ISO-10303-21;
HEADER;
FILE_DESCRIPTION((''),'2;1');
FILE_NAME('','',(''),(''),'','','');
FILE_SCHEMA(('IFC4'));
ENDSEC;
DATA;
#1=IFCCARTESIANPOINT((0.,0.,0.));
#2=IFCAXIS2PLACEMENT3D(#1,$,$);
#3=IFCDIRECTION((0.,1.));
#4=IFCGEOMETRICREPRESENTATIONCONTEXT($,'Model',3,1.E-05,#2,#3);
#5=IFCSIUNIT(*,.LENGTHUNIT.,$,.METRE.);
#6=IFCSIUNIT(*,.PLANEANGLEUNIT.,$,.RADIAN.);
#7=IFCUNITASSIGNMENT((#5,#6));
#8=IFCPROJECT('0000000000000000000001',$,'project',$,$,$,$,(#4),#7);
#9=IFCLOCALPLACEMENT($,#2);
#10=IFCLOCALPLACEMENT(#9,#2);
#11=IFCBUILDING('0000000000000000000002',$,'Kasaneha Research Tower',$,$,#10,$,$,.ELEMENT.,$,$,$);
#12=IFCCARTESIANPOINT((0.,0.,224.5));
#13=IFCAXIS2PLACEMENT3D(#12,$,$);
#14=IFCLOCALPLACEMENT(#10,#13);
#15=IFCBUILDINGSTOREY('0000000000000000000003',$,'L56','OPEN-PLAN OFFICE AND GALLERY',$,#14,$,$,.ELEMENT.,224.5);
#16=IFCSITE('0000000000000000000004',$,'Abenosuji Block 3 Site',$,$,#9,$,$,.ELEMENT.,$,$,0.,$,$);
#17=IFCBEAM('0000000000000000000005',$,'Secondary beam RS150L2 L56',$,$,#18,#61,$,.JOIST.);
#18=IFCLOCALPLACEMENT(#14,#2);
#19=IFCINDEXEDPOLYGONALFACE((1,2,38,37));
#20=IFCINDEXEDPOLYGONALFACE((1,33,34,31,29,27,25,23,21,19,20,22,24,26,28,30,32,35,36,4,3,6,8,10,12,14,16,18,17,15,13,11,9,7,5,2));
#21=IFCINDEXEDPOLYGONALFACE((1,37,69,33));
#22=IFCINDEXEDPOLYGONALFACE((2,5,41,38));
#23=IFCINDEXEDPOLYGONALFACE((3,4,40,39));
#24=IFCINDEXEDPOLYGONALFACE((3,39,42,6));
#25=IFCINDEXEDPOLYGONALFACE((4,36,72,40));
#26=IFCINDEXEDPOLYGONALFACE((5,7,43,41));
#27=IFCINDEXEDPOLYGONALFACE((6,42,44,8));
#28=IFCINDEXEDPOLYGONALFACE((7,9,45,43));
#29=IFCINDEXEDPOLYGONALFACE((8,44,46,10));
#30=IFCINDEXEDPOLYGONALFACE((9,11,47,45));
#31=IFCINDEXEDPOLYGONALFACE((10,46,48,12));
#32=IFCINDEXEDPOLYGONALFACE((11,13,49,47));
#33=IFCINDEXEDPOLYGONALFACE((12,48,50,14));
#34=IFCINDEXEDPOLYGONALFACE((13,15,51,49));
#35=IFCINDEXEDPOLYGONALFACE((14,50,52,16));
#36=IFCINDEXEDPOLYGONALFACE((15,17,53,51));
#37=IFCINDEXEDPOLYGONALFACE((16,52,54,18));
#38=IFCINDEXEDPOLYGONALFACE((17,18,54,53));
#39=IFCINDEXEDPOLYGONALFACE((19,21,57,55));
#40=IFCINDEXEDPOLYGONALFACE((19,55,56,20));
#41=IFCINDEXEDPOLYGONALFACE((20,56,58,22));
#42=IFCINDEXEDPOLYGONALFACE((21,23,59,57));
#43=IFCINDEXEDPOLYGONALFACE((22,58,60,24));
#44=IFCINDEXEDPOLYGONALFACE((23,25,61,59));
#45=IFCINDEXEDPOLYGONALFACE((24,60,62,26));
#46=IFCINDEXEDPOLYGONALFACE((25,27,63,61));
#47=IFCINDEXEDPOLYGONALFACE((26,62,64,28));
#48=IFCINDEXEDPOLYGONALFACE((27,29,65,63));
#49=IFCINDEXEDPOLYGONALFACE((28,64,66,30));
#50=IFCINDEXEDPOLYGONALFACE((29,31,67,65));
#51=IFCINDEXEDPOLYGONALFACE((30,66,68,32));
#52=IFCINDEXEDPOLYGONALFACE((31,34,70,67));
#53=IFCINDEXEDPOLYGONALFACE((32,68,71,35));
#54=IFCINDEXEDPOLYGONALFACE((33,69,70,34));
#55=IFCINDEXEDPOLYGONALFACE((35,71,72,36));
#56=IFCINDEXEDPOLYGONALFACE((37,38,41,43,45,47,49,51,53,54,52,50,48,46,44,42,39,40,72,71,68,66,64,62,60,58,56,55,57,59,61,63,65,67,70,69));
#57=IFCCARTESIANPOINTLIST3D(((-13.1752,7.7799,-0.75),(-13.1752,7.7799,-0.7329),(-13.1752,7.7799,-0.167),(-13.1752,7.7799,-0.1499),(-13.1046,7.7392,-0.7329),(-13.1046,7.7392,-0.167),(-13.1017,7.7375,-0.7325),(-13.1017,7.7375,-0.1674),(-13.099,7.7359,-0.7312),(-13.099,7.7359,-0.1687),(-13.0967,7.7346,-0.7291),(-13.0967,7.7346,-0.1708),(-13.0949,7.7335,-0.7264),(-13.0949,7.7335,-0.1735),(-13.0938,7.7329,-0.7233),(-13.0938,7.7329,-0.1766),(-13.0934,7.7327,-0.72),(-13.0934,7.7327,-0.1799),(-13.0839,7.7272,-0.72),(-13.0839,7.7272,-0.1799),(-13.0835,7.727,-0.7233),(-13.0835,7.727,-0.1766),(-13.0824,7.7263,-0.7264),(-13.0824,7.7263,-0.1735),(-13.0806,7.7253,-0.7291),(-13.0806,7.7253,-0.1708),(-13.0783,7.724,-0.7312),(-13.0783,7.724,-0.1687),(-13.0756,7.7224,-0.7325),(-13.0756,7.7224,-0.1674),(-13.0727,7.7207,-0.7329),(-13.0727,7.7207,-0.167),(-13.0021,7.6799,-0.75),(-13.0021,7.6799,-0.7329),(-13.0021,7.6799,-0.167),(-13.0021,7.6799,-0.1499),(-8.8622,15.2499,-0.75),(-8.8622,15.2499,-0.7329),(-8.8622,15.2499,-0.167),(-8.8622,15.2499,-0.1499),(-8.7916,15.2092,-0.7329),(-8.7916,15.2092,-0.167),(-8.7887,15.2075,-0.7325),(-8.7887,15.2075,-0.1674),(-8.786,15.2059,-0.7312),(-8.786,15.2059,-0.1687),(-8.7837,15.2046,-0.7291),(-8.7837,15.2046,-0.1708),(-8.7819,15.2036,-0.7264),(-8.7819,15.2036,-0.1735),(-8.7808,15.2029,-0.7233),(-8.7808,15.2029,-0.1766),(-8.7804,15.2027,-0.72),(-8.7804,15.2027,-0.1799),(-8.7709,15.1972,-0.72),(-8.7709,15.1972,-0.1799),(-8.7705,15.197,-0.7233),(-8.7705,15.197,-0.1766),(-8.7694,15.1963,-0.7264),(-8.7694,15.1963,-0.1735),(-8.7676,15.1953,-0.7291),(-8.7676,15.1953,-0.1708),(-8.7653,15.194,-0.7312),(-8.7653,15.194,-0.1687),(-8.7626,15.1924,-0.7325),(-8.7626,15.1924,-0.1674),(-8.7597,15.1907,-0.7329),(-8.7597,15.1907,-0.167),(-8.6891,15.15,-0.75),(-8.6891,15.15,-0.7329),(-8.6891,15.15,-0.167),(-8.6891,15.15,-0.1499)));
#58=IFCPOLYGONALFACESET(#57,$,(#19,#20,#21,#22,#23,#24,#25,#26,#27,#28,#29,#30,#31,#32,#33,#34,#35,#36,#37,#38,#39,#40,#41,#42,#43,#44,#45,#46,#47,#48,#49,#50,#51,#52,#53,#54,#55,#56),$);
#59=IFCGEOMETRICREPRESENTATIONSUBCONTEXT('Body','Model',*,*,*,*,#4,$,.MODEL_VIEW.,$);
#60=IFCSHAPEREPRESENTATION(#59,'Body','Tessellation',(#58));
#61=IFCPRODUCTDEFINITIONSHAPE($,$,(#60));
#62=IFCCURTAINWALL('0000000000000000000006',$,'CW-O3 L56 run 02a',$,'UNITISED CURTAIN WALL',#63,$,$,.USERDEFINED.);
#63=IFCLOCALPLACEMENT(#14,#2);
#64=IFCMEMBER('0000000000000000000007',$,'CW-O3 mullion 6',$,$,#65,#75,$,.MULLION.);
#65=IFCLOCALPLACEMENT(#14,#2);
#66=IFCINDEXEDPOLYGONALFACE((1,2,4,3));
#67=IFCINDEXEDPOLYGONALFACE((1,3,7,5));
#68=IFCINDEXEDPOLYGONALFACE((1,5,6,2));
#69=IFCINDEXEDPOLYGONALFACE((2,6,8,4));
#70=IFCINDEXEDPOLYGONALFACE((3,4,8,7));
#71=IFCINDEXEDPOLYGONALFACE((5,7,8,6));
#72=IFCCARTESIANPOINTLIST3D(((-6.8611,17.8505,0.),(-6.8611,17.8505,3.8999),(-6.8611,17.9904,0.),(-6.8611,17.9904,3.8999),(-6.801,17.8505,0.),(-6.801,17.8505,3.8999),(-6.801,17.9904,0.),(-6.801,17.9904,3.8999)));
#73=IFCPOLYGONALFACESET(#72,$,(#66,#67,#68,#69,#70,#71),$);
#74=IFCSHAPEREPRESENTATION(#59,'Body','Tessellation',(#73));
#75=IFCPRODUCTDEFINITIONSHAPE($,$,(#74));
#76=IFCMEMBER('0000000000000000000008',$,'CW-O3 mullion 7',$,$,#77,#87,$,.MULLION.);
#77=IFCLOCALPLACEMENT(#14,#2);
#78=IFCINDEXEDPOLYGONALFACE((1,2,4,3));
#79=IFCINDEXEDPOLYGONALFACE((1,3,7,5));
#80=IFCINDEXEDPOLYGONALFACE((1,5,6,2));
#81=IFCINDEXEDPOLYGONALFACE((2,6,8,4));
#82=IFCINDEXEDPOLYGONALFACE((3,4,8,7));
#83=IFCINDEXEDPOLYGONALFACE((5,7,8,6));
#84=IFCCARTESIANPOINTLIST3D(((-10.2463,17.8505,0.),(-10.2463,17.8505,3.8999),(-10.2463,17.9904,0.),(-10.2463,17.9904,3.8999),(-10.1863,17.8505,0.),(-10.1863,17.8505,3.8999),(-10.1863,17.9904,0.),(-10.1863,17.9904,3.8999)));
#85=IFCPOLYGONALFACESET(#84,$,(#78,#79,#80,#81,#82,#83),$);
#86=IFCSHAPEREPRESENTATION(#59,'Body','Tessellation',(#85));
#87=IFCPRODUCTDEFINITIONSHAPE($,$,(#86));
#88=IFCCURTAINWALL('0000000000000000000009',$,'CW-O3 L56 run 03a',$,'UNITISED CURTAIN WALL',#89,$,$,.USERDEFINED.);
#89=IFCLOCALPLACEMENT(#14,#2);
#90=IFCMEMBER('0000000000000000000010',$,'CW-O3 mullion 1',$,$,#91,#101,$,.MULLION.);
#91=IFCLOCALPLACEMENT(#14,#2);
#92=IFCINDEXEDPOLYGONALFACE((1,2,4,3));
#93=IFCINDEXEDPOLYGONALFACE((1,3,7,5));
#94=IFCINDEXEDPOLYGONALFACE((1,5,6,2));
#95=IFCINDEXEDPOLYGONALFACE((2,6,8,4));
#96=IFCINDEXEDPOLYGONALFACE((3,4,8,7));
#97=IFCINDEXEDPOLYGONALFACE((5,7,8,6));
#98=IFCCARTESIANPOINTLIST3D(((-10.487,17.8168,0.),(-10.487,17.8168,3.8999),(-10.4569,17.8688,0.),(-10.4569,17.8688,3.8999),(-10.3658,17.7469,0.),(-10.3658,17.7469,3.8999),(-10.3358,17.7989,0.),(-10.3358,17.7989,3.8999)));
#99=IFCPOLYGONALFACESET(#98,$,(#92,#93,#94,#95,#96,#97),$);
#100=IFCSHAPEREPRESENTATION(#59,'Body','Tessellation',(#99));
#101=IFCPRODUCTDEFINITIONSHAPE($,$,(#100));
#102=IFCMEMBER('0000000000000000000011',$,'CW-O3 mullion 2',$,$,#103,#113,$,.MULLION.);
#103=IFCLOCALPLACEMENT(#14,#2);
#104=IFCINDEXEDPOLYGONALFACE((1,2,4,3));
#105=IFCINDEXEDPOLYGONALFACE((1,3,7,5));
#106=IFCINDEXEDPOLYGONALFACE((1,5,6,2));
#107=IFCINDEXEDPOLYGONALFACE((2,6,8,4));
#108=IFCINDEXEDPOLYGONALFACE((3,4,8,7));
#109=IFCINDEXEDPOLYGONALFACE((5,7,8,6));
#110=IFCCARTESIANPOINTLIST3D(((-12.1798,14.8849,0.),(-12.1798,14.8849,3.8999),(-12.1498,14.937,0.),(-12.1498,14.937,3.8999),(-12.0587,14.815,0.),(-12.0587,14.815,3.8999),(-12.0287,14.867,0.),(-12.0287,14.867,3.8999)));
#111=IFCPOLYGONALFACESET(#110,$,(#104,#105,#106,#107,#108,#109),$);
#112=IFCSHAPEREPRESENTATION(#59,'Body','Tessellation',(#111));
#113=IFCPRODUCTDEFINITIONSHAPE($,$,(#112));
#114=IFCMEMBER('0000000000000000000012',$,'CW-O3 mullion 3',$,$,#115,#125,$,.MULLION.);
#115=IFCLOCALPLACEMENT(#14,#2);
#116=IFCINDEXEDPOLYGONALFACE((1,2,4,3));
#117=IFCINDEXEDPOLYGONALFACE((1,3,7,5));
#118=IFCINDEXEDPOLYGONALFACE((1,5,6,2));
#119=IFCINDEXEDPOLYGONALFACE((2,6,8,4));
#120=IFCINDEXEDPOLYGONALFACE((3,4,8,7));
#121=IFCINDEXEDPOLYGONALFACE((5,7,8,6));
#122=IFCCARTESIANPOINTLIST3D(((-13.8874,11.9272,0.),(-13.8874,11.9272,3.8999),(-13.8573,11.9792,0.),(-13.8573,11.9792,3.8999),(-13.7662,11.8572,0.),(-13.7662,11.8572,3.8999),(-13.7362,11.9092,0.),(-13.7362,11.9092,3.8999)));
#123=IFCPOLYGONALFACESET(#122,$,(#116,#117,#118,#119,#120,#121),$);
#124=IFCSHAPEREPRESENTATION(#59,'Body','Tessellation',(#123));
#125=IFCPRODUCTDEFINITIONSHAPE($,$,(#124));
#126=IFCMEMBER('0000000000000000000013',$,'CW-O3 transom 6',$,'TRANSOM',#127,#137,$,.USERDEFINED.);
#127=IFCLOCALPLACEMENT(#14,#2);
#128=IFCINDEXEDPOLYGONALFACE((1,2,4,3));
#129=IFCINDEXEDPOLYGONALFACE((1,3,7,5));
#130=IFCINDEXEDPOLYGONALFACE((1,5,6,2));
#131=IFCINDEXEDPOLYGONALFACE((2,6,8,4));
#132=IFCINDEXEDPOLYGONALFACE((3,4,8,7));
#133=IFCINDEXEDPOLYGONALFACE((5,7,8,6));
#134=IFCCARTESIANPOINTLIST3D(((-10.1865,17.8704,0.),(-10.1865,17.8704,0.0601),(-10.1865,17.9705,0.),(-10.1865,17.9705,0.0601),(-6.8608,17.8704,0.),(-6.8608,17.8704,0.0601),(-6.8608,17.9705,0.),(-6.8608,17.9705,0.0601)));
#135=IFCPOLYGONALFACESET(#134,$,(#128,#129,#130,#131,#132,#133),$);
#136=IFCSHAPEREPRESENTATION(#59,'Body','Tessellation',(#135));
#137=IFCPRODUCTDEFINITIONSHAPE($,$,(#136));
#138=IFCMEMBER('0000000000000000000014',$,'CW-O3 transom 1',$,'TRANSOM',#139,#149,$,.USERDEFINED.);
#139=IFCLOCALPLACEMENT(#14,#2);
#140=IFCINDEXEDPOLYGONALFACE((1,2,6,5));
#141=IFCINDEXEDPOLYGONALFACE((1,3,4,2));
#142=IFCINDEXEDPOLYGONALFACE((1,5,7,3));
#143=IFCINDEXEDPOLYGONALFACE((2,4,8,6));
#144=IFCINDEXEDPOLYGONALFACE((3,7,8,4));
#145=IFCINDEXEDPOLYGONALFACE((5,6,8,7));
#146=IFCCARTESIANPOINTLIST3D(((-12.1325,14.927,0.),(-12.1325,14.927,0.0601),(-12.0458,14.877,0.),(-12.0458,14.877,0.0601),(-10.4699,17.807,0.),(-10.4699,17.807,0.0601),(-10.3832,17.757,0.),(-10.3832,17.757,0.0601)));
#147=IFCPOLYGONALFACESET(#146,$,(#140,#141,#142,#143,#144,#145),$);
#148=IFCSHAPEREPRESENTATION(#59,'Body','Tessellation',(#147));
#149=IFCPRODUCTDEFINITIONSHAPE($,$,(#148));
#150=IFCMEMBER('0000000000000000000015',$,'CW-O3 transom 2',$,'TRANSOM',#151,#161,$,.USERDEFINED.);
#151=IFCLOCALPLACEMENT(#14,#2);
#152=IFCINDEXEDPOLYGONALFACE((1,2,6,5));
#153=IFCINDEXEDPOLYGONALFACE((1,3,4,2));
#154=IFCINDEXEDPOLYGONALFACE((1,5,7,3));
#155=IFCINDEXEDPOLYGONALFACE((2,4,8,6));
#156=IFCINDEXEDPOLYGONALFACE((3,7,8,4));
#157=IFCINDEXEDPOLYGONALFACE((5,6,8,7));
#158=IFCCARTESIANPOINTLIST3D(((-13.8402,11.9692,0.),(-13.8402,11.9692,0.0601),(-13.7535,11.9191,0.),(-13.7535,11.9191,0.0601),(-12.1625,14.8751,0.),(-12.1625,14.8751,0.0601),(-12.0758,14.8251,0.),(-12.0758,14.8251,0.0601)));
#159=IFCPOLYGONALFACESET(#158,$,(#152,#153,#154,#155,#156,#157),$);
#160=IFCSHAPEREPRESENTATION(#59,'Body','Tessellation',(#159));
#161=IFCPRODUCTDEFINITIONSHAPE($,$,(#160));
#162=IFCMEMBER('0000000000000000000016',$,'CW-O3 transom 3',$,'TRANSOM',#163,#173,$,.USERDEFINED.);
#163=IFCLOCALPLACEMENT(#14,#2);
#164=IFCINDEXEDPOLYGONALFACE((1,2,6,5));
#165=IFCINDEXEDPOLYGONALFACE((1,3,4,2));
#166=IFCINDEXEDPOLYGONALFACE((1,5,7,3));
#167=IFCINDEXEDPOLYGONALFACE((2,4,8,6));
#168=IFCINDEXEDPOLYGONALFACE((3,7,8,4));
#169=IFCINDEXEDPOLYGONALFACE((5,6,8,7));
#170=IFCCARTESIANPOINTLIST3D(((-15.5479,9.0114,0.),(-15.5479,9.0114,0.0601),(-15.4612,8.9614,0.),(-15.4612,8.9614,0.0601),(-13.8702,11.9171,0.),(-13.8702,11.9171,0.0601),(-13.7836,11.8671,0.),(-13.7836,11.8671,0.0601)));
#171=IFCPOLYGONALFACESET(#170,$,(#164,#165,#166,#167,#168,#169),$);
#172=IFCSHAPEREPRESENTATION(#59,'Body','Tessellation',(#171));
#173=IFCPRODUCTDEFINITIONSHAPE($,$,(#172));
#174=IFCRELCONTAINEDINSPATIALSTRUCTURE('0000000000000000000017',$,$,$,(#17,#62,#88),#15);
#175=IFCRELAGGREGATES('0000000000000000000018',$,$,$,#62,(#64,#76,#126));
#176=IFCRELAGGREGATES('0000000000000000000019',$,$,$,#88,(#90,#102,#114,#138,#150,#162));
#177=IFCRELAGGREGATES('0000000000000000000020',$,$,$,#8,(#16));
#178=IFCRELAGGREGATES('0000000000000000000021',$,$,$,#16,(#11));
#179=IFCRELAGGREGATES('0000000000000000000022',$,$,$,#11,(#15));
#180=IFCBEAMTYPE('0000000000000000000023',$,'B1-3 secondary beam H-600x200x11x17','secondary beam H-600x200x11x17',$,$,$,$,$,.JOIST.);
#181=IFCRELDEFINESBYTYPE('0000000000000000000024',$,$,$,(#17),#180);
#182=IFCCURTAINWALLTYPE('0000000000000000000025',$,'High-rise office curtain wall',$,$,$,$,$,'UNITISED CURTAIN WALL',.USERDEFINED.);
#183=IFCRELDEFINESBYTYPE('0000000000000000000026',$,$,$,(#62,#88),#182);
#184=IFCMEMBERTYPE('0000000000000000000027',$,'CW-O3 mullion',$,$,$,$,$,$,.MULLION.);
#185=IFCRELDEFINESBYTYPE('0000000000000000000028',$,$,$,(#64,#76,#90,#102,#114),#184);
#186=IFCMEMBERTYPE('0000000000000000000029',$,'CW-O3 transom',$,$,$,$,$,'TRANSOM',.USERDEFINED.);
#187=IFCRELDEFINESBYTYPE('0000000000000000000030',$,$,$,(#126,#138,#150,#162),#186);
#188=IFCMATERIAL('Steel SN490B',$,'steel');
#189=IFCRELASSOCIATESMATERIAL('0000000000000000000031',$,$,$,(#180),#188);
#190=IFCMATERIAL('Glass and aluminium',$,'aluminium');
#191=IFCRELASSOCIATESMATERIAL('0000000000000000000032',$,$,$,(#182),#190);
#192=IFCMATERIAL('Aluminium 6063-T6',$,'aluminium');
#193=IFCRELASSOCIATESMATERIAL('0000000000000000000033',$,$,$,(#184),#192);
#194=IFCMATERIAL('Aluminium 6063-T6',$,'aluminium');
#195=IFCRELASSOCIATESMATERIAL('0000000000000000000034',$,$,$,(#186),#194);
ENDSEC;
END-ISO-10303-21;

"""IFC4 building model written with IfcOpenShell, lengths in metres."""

from ifc_helpers import new_model, si_unit, direction, frame, origin, origin_2d, place, context, subcontext, project, spatial, rectangle, i_section, extrude, material, material_profile, profile_set, type_object, element, aggregate, save


model = new_model("IFC4")

# Units and contexts
model_context = context("Model", 3, precision=1e-05, world=origin(), true_north=direction((0.0, 1.0)))
body_context = subcontext(model_context, "Body", "Model", "MODEL_VIEW")
ifc_project = project(units=[si_unit("LENGTHUNIT", "METRE"), si_unit("PLANEANGLEUNIT", "RADIAN")], contexts=[model_context])

# Site, building, storey
site_placement = place(None, origin())
site = spatial("IfcSite", under=ifc_project, at=site_placement, Name="Abenosuji Block 3 Site", CompositionType="ELEMENT", RefElevation=0.0)
building_placement = place(site_placement, origin())
building = spatial("IfcBuilding", under=site, at=building_placement, Name="Kasaneha Research Tower", CompositionType="ELEMENT")
storey_placement = place(building_placement, frame((0.0, 0.0, 224.5)))
storey = spatial("IfcBuildingStorey", under=building, at=storey_placement, Name="L56", Description="OPEN-PLAN OFFICE AND GALLERY", CompositionType="ELEMENT", Elevation=224.5)

# Beam
ifc_material_1 = material(Name="Steel SN490B", Category="steel")
ifc_material_profile_1 = material_profile(ifc_material_1, i_section(OverallWidth=0.2, OverallDepth=0.6001, WebThickness=0.011, FlangeThickness=0.0171, FilletRadius=0.0129, at=origin_2d()), Name="H-600x200x11x17")
ifc_profile_set_1 = profile_set([ifc_material_profile_1], Name="Steel SN490B")
beam_type_1 = type_object("IfcBeamType", Name="B1-3 secondary beam H-600x200x11x17", Description="secondary beam H-600x200x11x17", PredefinedType="JOIST", material=ifc_profile_set_1)
beam_1_placement = place(storey_placement, frame((-8.7756, 15.2, -0.45), z_axis=(-0.500017, -0.866015, 0.0), x_axis=(0.866015, -0.500017, 0.0)))
element("IfcBeam", 1, at=beam_1_placement, inside=storey, type_object=beam_type_1, Name="Secondary beam RS150L2 L56", PredefinedType="JOIST", context=body_context, shape_type="SweptSolid", body=[
    extrude(i_section(OverallWidth=0.2, OverallDepth=0.6001, WebThickness=0.011, FlangeThickness=0.0171, FilletRadius=0.0129, at=origin_2d()), origin(), (0.0, 0.0, 1.0), 8.6257),
])

# Curtain walls, members
ifc_material_2 = material(Name="Glass and aluminium", Category="aluminium")
curtain_wall_type = type_object("IfcCurtainWallType", Name="High-rise office curtain wall", ElementType="UNITISED CURTAIN WALL", PredefinedType="USERDEFINED", material=ifc_material_2)
curtain_wall_1_placement = place(storey_placement, origin())
curtain_wall_1 = element("IfcCurtainWall", 2, at=curtain_wall_1_placement, inside=storey, type_object=curtain_wall_type, Name="CW-O3 L56 run 02a", ObjectType="UNITISED CURTAIN WALL", PredefinedType="USERDEFINED")
ifc_material_3 = material(Name="Aluminium 6063-T6", Category="aluminium")
ifc_material_profile_2 = material_profile(ifc_material_3, rectangle(XDim=0.0601, YDim=0.1399, at=origin_2d()), Name="CW-O3 mullion 60x140")
ifc_profile_set_2 = profile_set([ifc_material_profile_2], Name="Aluminium 6063-T6")
member_type_1 = type_object("IfcMemberType", Name="CW-O3 mullion", PredefinedType="MULLION", material=ifc_profile_set_2)
member_1_placement = place(storey_placement, frame((-6.8311, 17.9204, 0.0), z_axis=(0.0, 0.0, 1.0), x_axis=(-1.0, 0.0, 0.0)))
member_1 = element("IfcMember", 3, at=member_1_placement, type_object=member_type_1, Name="CW-O3 mullion 6", PredefinedType="MULLION", context=body_context, shape_type="SweptSolid", body=[
    extrude(rectangle(XDim=0.0601, YDim=0.1399, at=origin_2d()), origin(), (0.0, 0.0, 1.0), 3.8999),
])
member_2_placement = place(storey_placement, frame((-10.2163, 17.9204, 0.0), z_axis=(0.0, 0.0, 1.0), x_axis=(-1.0, 0.0, 0.0)))
member_2 = element("IfcMember", 4, at=member_2_placement, type_object=member_type_1, Name="CW-O3 mullion 7", PredefinedType="MULLION", context=body_context, shape_type="SweptSolid", body=[
    extrude(rectangle(XDim=0.0601, YDim=0.1399, at=origin_2d()), origin(), (0.0, 0.0, 1.0), 3.8999),
])
curtain_wall_2_placement = place(storey_placement, origin())
curtain_wall_2 = element("IfcCurtainWall", 5, at=curtain_wall_2_placement, inside=storey, type_object=curtain_wall_type, Name="CW-O3 L56 run 03a", ObjectType="UNITISED CURTAIN WALL", PredefinedType="USERDEFINED")
member_3_placement = place(storey_placement, frame((-10.4114, 17.8079, 0.0), z_axis=(0.0, 0.0, 1.0), x_axis=(-0.5, -0.866025, 0.0)))
member_3 = element("IfcMember", 6, at=member_3_placement, type_object=member_type_1, Name="CW-O3 mullion 1", PredefinedType="MULLION", context=body_context, shape_type="SweptSolid", body=[
    extrude(rectangle(XDim=0.0601, YDim=0.1399, at=origin_2d()), origin(), (0.0, 0.0, 1.0), 3.8999),
])
member_4_placement = place(storey_placement, frame((-12.1042, 14.876, 0.0), z_axis=(0.0, 0.0, 1.0), x_axis=(-0.5, -0.866025, 0.0)))
member_4 = element("IfcMember", 7, at=member_4_placement, type_object=member_type_1, Name="CW-O3 mullion 2", PredefinedType="MULLION", context=body_context, shape_type="SweptSolid", body=[
    extrude(rectangle(XDim=0.0601, YDim=0.1399, at=origin_2d()), origin(), (0.0, 0.0, 1.0), 3.8999),
])
member_5_placement = place(storey_placement, frame((-13.8118, 11.9182, 0.0), z_axis=(0.0, 0.0, 1.0), x_axis=(-0.5, -0.866025, 0.0)))
member_5 = element("IfcMember", 8, at=member_5_placement, type_object=member_type_1, Name="CW-O3 mullion 3", PredefinedType="MULLION", context=body_context, shape_type="SweptSolid", body=[
    extrude(rectangle(XDim=0.0601, YDim=0.1399, at=origin_2d()), origin(), (0.0, 0.0, 1.0), 3.8999),
])

# Members
ifc_material_4 = material(Name="Aluminium 6063-T6", Category="aluminium")
ifc_material_profile_3 = material_profile(ifc_material_4, rectangle(XDim=0.1001, YDim=0.0601, at=origin_2d()), Name="CW-O3 transom 100x60")
ifc_profile_set_3 = profile_set([ifc_material_profile_3], Name="Aluminium 6063-T6")
member_type_2 = type_object("IfcMemberType", Name="CW-O3 transom", ElementType="TRANSOM", PredefinedType="USERDEFINED", material=ifc_profile_set_3)
member_6_placement = place(storey_placement, frame((-6.8608, 17.9204, 0.03), z_axis=(-1.0, 0.0, 0.0), x_axis=(0.0, -1.0, 0.0)))
member_6 = element("IfcMember", 9, at=member_6_placement, type_object=member_type_2, Name="CW-O3 transom 6", ObjectType="TRANSOM", PredefinedType="USERDEFINED", context=body_context, shape_type="SweptSolid", body=[
    extrude(rectangle(XDim=0.1001, YDim=0.0601, at=origin_2d()), origin(), (0.0, 0.0, 1.0), 3.3257),
])
member_7_placement = place(storey_placement, frame((-10.4265, 17.782, 0.03), z_axis=(-0.499977, -0.866039, 0.0), x_axis=(0.866039, -0.499977, 0.0)))
member_7 = element("IfcMember", 10, at=member_7_placement, type_object=member_type_2, Name="CW-O3 transom 1", ObjectType="TRANSOM", PredefinedType="USERDEFINED", context=body_context, shape_type="SweptSolid", body=[
    extrude(rectangle(XDim=0.1001, YDim=0.0601, at=origin_2d()), origin(), (0.0, 0.0, 1.0), 3.3254),
])
member_8_placement = place(storey_placement, frame((-12.1191, 14.8501, 0.03), z_axis=(-0.499989, -0.866032, 0.0), x_axis=(0.866032, -0.499989, 0.0)))
member_8 = element("IfcMember", 11, at=member_8_placement, type_object=member_type_2, Name="CW-O3 transom 2", ObjectType="TRANSOM", PredefinedType="USERDEFINED", context=body_context, shape_type="SweptSolid", body=[
    extrude(rectangle(XDim=0.1001, YDim=0.0601, at=origin_2d()), origin(), (0.0, 0.0, 1.0), 3.3555),
])
member_9_placement = place(storey_placement, frame((-13.8269, 11.8921, 0.03), z_axis=(-0.500021, -0.866014, 0.0), x_axis=(0.866014, -0.500021, 0.0)))
member_9 = element("IfcMember", 12, at=member_9_placement, type_object=member_type_2, Name="CW-O3 transom 3", ObjectType="TRANSOM", PredefinedType="USERDEFINED", context=body_context, shape_type="SweptSolid", body=[
    extrude(rectangle(XDim=0.1001, YDim=0.0601, at=origin_2d()), origin(), (0.0, 0.0, 1.0), 3.3552),
])

aggregate(curtain_wall_1, [member_1, member_2, member_6])
aggregate(curtain_wall_2, [member_3, member_4, member_5, member_7, member_8, member_9])

save(model, "model.ifc")
